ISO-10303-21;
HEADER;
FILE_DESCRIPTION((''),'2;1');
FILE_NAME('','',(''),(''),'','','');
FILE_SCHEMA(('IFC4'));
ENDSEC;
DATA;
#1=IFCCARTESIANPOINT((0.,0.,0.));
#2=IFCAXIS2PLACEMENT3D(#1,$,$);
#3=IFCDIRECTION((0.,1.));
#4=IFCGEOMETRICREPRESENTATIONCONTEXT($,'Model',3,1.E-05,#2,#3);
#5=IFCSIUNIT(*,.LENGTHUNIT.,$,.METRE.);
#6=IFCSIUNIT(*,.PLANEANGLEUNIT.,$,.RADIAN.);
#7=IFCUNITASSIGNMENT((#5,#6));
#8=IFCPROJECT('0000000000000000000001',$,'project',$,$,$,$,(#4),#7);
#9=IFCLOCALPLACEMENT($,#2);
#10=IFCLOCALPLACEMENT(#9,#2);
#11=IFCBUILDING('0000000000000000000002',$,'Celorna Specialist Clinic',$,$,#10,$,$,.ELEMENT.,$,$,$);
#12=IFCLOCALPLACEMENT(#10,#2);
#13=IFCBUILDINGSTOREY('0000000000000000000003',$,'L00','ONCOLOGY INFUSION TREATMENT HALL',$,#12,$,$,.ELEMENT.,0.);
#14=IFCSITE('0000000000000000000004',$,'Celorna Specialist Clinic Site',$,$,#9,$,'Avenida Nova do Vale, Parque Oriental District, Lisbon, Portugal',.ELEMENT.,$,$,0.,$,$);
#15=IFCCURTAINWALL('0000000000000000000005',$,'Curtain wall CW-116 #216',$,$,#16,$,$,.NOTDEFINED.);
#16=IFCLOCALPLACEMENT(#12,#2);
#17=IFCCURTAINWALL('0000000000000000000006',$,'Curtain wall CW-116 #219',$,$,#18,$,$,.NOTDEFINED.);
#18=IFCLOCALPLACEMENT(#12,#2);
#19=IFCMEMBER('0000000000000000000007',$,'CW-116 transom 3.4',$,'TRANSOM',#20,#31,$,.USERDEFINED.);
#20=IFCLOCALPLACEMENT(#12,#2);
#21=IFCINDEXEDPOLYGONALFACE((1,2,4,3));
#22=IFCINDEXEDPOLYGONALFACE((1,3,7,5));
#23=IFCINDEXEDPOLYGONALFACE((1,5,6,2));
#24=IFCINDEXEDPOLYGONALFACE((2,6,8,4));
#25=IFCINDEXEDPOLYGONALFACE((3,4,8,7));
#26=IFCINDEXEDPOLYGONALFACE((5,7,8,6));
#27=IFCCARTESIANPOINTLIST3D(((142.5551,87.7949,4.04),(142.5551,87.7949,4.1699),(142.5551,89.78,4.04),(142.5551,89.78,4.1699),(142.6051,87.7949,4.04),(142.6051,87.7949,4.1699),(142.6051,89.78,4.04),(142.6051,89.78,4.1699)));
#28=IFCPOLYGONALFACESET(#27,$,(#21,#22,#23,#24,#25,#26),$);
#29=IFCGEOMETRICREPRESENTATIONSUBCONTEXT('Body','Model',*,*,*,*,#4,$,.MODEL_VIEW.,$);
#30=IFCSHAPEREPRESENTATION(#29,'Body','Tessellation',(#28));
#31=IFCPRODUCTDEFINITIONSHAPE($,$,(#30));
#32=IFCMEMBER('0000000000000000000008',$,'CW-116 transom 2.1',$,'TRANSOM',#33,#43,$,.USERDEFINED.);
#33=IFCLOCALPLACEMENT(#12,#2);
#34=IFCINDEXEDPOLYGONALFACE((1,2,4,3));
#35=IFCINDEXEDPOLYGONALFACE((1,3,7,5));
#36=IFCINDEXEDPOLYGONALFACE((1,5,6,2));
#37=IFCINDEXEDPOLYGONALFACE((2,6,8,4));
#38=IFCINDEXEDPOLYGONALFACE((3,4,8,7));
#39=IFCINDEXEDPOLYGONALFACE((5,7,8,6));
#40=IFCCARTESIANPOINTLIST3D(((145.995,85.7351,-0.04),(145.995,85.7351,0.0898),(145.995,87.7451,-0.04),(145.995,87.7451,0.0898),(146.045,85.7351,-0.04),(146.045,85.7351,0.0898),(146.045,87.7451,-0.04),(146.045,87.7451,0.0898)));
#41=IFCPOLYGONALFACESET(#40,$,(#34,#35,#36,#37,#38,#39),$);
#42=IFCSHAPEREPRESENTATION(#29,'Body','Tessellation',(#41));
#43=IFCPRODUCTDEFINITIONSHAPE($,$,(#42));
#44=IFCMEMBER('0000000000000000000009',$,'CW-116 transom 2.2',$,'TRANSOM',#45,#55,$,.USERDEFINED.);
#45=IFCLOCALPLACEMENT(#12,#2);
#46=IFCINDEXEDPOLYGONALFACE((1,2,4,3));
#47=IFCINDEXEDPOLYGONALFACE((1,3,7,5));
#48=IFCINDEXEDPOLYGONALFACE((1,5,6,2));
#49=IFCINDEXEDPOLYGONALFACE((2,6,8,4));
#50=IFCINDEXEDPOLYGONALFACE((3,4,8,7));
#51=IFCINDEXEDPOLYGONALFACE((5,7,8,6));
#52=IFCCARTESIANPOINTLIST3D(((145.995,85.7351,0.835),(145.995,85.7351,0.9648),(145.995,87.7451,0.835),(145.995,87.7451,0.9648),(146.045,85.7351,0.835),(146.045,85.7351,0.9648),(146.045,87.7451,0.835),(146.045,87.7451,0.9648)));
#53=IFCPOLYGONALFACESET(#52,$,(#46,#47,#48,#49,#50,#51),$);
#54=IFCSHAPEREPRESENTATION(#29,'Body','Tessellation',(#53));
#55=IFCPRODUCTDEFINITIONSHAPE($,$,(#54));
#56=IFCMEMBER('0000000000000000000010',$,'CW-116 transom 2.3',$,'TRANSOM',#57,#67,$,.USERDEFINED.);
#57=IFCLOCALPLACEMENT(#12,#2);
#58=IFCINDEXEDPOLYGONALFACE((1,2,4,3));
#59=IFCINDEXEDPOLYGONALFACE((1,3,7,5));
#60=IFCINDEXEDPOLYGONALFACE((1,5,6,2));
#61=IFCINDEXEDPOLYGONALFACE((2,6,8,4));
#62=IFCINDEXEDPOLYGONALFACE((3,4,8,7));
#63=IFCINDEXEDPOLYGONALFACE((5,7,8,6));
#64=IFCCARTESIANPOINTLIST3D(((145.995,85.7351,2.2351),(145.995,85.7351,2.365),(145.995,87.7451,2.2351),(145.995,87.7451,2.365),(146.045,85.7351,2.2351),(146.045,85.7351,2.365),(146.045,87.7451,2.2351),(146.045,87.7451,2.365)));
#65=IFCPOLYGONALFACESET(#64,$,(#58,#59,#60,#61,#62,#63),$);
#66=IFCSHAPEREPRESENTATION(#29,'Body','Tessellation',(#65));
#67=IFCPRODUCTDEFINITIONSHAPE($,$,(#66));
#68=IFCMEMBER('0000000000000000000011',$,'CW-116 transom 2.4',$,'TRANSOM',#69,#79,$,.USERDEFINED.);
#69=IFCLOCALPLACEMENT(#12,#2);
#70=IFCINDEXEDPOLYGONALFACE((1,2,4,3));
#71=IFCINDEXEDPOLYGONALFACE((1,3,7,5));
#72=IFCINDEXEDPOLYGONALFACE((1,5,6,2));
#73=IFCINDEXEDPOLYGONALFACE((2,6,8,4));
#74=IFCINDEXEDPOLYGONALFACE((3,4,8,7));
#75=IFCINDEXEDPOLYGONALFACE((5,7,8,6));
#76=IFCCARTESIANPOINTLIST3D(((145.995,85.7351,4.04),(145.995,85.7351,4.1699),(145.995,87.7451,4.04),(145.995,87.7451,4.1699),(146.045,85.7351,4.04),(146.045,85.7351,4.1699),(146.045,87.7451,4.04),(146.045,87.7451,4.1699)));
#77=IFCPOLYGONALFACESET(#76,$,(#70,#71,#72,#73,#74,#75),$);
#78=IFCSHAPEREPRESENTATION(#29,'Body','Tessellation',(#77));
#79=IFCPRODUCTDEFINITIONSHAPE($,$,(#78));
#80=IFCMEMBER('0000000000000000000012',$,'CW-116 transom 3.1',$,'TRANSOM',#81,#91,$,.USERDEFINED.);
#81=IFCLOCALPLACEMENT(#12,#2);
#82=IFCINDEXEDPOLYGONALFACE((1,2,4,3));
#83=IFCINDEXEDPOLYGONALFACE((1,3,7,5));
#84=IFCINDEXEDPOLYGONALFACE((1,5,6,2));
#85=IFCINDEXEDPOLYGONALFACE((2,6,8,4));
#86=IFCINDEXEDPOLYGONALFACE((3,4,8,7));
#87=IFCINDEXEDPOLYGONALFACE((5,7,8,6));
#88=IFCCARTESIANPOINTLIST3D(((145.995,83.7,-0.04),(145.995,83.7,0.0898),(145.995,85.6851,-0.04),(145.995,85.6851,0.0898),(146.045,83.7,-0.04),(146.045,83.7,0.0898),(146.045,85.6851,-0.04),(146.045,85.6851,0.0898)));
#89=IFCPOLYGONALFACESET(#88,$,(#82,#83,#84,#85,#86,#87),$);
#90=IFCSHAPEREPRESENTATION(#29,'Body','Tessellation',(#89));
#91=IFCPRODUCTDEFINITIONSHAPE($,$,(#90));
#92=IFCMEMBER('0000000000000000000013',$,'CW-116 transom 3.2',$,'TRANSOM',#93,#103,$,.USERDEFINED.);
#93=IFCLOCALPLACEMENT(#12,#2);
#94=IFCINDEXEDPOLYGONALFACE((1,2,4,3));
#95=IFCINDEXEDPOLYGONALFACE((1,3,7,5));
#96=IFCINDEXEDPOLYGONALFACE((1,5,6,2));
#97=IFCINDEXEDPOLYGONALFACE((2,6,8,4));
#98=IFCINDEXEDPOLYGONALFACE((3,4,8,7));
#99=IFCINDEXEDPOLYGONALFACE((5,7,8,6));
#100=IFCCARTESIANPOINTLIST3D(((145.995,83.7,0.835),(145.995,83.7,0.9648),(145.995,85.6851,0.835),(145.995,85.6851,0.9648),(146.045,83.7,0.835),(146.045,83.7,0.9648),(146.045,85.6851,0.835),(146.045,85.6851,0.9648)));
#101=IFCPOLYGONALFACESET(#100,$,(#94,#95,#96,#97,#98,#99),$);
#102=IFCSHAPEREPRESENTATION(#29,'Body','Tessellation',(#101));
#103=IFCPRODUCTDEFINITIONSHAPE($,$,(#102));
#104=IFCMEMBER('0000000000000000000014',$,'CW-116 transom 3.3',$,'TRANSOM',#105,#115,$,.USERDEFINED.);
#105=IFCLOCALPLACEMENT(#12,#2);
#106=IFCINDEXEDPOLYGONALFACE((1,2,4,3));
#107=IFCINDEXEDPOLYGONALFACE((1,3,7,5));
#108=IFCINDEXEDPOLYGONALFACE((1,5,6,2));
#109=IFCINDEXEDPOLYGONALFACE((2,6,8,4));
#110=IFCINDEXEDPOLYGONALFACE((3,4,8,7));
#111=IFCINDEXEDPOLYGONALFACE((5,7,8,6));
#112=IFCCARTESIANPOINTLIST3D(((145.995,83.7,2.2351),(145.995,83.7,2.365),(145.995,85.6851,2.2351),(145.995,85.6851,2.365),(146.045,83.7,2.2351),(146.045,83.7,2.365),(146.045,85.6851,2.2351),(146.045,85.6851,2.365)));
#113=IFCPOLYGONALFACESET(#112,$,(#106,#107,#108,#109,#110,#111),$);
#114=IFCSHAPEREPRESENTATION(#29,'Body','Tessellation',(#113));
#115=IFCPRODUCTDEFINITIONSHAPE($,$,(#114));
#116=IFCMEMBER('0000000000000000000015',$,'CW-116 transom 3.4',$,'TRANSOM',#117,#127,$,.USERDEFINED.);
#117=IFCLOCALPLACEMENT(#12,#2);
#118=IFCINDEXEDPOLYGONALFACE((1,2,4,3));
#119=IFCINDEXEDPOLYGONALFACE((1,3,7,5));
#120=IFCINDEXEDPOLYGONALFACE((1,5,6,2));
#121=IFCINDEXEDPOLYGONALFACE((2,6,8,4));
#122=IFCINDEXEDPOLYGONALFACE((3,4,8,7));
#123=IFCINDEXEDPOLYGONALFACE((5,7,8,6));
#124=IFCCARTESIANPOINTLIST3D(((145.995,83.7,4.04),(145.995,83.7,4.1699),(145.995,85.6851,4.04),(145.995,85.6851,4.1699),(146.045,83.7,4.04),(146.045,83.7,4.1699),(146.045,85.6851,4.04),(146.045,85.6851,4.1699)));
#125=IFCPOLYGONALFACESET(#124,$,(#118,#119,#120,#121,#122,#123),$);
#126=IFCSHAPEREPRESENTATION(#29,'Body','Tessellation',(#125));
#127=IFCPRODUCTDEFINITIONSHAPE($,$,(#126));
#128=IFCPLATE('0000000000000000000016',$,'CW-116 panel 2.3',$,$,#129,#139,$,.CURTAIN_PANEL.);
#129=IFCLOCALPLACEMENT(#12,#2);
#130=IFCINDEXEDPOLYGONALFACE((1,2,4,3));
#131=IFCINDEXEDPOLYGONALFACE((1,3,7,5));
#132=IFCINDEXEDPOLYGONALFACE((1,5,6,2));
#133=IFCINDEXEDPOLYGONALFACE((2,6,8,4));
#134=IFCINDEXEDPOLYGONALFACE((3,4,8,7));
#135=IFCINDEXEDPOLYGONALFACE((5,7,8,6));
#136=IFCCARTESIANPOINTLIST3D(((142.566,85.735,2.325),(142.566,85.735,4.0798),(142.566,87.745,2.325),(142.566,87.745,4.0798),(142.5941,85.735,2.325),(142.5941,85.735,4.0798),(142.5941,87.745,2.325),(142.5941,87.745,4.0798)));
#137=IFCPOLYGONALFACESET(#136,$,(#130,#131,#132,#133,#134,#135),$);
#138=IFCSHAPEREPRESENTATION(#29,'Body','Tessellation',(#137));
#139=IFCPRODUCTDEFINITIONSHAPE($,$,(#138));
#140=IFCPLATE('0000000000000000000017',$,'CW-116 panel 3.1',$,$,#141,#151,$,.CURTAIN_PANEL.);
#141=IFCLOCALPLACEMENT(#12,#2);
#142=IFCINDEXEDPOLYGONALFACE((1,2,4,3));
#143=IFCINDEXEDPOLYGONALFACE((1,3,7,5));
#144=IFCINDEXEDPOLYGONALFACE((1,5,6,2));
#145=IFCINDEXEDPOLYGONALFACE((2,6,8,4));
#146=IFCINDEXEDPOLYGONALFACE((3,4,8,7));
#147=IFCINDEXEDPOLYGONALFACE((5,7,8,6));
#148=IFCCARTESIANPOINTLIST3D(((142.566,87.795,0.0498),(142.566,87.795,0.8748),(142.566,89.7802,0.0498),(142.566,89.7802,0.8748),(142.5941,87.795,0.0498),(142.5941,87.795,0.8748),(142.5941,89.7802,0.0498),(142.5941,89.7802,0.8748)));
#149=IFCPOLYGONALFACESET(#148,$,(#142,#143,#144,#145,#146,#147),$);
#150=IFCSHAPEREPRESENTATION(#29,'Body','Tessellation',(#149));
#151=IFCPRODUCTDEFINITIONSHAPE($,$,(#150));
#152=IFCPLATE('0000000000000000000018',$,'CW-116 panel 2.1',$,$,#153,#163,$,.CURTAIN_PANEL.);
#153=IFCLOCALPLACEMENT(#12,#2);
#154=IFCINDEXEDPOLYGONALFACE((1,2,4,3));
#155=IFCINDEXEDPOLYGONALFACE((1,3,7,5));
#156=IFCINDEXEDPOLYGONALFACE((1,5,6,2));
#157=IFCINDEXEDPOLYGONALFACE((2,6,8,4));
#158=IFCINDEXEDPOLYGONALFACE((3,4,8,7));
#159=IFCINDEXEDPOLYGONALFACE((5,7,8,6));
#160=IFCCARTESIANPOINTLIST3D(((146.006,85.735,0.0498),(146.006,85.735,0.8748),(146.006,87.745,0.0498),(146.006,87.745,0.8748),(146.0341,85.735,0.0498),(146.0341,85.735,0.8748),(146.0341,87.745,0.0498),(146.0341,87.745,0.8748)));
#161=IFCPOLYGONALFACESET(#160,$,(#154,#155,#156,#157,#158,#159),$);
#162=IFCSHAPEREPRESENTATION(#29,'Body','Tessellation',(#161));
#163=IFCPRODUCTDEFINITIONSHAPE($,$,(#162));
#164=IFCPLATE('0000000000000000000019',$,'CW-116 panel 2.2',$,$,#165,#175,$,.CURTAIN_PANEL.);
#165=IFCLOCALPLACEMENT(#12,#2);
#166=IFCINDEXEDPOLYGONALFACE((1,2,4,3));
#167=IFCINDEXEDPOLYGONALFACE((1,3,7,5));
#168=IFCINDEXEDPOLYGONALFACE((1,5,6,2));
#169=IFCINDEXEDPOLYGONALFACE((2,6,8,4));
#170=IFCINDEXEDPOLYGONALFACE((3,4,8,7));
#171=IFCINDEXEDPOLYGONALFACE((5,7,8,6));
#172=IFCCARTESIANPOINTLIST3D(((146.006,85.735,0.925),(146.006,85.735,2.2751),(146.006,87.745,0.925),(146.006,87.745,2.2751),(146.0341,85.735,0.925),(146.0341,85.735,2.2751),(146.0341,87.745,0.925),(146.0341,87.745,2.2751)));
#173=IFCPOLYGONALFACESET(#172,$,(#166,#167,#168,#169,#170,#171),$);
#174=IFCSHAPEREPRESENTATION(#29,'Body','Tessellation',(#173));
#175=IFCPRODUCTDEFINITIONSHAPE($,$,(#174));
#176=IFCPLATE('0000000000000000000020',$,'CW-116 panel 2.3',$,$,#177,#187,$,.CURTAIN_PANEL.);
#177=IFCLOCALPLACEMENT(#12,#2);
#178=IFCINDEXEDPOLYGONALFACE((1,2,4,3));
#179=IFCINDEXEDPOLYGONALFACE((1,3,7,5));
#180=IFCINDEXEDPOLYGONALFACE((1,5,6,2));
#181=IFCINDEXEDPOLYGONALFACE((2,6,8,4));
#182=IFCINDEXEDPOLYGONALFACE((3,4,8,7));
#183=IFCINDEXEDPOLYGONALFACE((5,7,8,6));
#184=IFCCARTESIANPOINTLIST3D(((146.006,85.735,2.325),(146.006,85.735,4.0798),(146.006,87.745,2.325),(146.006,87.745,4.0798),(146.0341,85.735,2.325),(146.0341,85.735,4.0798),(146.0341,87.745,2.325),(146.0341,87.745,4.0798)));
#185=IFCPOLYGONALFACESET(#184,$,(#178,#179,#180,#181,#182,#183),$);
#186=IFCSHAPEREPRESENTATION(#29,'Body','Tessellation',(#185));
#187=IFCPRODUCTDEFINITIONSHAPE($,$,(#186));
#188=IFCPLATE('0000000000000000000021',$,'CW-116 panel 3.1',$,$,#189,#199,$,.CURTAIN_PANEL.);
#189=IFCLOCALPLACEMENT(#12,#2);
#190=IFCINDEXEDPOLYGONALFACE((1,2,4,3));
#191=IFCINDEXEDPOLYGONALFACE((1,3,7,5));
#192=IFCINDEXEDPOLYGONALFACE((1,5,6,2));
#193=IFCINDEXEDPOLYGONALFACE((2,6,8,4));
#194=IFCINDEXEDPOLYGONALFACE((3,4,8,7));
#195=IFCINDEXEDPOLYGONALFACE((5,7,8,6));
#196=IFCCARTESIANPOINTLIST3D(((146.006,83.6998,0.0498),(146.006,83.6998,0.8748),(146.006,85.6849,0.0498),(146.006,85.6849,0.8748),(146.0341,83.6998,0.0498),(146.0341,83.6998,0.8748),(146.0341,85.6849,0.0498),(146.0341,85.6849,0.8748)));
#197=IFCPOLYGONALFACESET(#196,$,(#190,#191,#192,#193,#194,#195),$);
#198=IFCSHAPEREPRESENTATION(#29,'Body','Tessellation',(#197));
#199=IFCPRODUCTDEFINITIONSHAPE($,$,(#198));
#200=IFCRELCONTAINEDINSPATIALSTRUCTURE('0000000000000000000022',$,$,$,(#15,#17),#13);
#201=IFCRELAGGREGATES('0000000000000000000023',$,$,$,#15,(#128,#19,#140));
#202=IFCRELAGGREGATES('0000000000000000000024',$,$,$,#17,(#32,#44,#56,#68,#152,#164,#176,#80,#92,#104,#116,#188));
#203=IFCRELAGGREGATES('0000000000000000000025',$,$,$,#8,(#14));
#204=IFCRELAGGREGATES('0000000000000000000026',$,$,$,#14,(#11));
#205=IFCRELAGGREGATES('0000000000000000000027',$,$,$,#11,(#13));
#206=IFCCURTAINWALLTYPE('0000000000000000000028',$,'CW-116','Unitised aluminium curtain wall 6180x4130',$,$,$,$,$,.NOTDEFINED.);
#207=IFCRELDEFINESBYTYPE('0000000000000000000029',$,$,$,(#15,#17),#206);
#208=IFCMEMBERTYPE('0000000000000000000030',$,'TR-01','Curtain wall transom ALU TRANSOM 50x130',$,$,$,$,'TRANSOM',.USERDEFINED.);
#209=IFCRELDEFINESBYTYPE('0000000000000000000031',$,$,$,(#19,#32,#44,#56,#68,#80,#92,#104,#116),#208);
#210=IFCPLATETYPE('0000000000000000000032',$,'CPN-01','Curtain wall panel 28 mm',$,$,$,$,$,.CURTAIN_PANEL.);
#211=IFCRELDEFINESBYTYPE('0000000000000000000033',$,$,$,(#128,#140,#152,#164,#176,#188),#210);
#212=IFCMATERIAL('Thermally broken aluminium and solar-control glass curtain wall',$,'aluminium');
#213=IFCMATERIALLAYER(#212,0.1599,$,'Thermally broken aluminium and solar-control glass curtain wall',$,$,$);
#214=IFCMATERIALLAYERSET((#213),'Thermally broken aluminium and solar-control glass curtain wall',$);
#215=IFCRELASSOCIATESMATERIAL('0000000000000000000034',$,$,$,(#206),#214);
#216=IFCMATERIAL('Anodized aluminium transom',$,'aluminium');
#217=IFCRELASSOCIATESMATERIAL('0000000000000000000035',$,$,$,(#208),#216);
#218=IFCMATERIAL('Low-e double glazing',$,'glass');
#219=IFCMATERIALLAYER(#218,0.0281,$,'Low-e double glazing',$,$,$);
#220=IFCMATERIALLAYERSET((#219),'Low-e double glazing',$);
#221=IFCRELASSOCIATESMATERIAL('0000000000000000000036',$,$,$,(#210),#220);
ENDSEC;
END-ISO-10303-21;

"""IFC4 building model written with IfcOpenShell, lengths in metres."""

from ifc_helpers import new_model, si_unit, direction, frame, origin, origin_2d, place, context, subcontext, project, spatial, rectangle, extrude, material, layer, layer_set, material_profile, profile_set, type_object, element, aggregate, save


model = new_model("IFC4")

# Units and contexts
model_context = context("Model", 3, precision=1e-05, world=origin(), true_north=direction((0.0, 1.0)))
body_context = subcontext(model_context, "Body", "Model", "MODEL_VIEW")
ifc_project = project(units=[si_unit("LENGTHUNIT", "METRE"), si_unit("PLANEANGLEUNIT", "RADIAN")], contexts=[model_context])

# Site, building, storey
site_placement = place(None, origin())
site = spatial("IfcSite", under=ifc_project, at=site_placement, Name="Celorna Specialist Clinic Site", LongName="Avenida Nova do Vale, Parque Oriental District, Lisbon, Portugal", CompositionType="ELEMENT", RefElevation=0.0)
building_placement = place(site_placement, origin())
building = spatial("IfcBuilding", under=site, at=building_placement, Name="Celorna Specialist Clinic", CompositionType="ELEMENT")
storey_placement = place(building_placement, origin())
storey = spatial("IfcBuildingStorey", under=building, at=storey_placement, Name="L00", Description="ONCOLOGY INFUSION TREATMENT HALL", CompositionType="ELEMENT", Elevation=0.0)

# Curtain wall
ifc_material_1 = material(Name="Thermally broken aluminium and solar-control glass curtain wall", Category="aluminium")
ifc_layer_1 = layer(ifc_material_1, 0.1599, Name="Thermally broken aluminium and solar-control glass curtain wall")
ifc_layer_set_1 = layer_set([ifc_layer_1], Name="Thermally broken aluminium and solar-control glass curtain wall")
curtain_wall_type = type_object("IfcCurtainWallType", Name="CW-116", Description="Unitised aluminium curtain wall 6180x4130", PredefinedType="NOTDEFINED", material=ifc_layer_set_1)
curtain_wall_1_placement = place(storey_placement, origin())
curtain_wall_1 = element("IfcCurtainWall", 1, at=curtain_wall_1_placement, inside=storey, type_object=curtain_wall_type, Name="Curtain wall CW-116 #216", PredefinedType="NOTDEFINED")

# Curtain wall
curtain_wall_2_placement = place(storey_placement, origin())
curtain_wall_2 = element("IfcCurtainWall", 2, at=curtain_wall_2_placement, inside=storey, type_object=curtain_wall_type, Name="Curtain wall CW-116 #219", PredefinedType="NOTDEFINED")

# Members
ifc_material_2 = material(Name="Anodized aluminium transom", Category="aluminium")
ifc_material_profile_1 = material_profile(ifc_material_2, rectangle(XDim=0.05, YDim=0.1299, at=origin_2d()), Name="ALU TRANSOM 50x130")
ifc_profile_set_1 = profile_set([ifc_material_profile_1], Name="Anodized aluminium transom")
member_type_1 = type_object("IfcMemberType", Name="TR-01", Description="Curtain wall transom ALU TRANSOM 50x130", ElementType="TRANSOM", PredefinedType="USERDEFINED", material=ifc_profile_set_1)
member_1_placement = place(storey_placement, frame((142.5801, 87.7949, 4.105), z_axis=(0.0, 1.0, 0.0), x_axis=(-1.0, 0.0, 0.0)))
member_1 = element("IfcMember", 3, at=member_1_placement, type_object=member_type_1, Name="CW-116 transom 3.4", ObjectType="TRANSOM", PredefinedType="USERDEFINED", context=body_context, shape_type="SweptSolid", body=[
    extrude(rectangle(XDim=0.05, YDim=0.1299, at=origin_2d()), origin(), (0.0, 0.0, 1.0), 1.9851),
])
member_2_placement = place(storey_placement, frame((146.02, 87.7451, 0.0249), z_axis=(0.0, -1.0, 0.0), x_axis=(1.0, 0.0, 0.0)))
member_2 = element("IfcMember", 4, at=member_2_placement, type_object=member_type_1, Name="CW-116 transom 2.1", ObjectType="TRANSOM", PredefinedType="USERDEFINED", context=body_context, shape_type="SweptSolid", body=[
    extrude(rectangle(XDim=0.05, YDim=0.1299, at=origin_2d()), origin(), (0.0, 0.0, 1.0), 2.01),
])
member_3_placement = place(storey_placement, frame((146.02, 87.7451, 0.8999), z_axis=(0.0, -1.0, 0.0), x_axis=(1.0, 0.0, 0.0)))
member_3 = element("IfcMember", 5, at=member_3_placement, type_object=member_type_1, Name="CW-116 transom 2.2", ObjectType="TRANSOM", PredefinedType="USERDEFINED", context=body_context, shape_type="SweptSolid", body=[
    extrude(rectangle(XDim=0.05, YDim=0.1299, at=origin_2d()), origin(), (0.0, 0.0, 1.0), 2.01),
])
member_4_placement = place(storey_placement, frame((146.02, 87.7451, 2.3), z_axis=(0.0, -1.0, 0.0), x_axis=(1.0, 0.0, 0.0)))
member_4 = element("IfcMember", 6, at=member_4_placement, type_object=member_type_1, Name="CW-116 transom 2.3", ObjectType="TRANSOM", PredefinedType="USERDEFINED", context=body_context, shape_type="SweptSolid", body=[
    extrude(rectangle(XDim=0.05, YDim=0.1299, at=origin_2d()), origin(), (0.0, 0.0, 1.0), 2.01),
])
member_5_placement = place(storey_placement, frame((146.02, 87.7451, 4.105), z_axis=(0.0, -1.0, 0.0), x_axis=(1.0, 0.0, 0.0)))
member_5 = element("IfcMember", 7, at=member_5_placement, type_object=member_type_1, Name="CW-116 transom 2.4", ObjectType="TRANSOM", PredefinedType="USERDEFINED", context=body_context, shape_type="SweptSolid", body=[
    extrude(rectangle(XDim=0.05, YDim=0.1299, at=origin_2d()), origin(), (0.0, 0.0, 1.0), 2.01),
])
member_6_placement = place(storey_placement, frame((146.02, 85.6851, 0.0249), z_axis=(0.0, -1.0, 0.0), x_axis=(1.0, 0.0, 0.0)))
member_6 = element("IfcMember", 8, at=member_6_placement, type_object=member_type_1, Name="CW-116 transom 3.1", ObjectType="TRANSOM", PredefinedType="USERDEFINED", context=body_context, shape_type="SweptSolid", body=[
    extrude(rectangle(XDim=0.05, YDim=0.1299, at=origin_2d()), origin(), (0.0, 0.0, 1.0), 1.9851),
])
member_7_placement = place(storey_placement, frame((146.02, 85.6851, 0.8999), z_axis=(0.0, -1.0, 0.0), x_axis=(1.0, 0.0, 0.0)))
member_7 = element("IfcMember", 9, at=member_7_placement, type_object=member_type_1, Name="CW-116 transom 3.2", ObjectType="TRANSOM", PredefinedType="USERDEFINED", context=body_context, shape_type="SweptSolid", body=[
    extrude(rectangle(XDim=0.05, YDim=0.1299, at=origin_2d()), origin(), (0.0, 0.0, 1.0), 1.9851),
])
member_8_placement = place(storey_placement, frame((146.02, 85.6851, 2.3), z_axis=(0.0, -1.0, 0.0), x_axis=(1.0, 0.0, 0.0)))
member_8 = element("IfcMember", 10, at=member_8_placement, type_object=member_type_1, Name="CW-116 transom 3.3", ObjectType="TRANSOM", PredefinedType="USERDEFINED", context=body_context, shape_type="SweptSolid", body=[
    extrude(rectangle(XDim=0.05, YDim=0.1299, at=origin_2d()), origin(), (0.0, 0.0, 1.0), 1.9851),
])
member_9_placement = place(storey_placement, frame((146.02, 85.6851, 4.105), z_axis=(0.0, -1.0, 0.0), x_axis=(1.0, 0.0, 0.0)))
member_9 = element("IfcMember", 11, at=member_9_placement, type_object=member_type_1, Name="CW-116 transom 3.4", ObjectType="TRANSOM", PredefinedType="USERDEFINED", context=body_context, shape_type="SweptSolid", body=[
    extrude(rectangle(XDim=0.05, YDim=0.1299, at=origin_2d()), origin(), (0.0, 0.0, 1.0), 1.9851),
])

# Plates
ifc_material_3 = material(Name="Low-e double glazing", Category="glass")
ifc_layer_2 = layer(ifc_material_3, 0.0281, Name="Low-e double glazing")
ifc_layer_set_2 = layer_set([ifc_layer_2], Name="Low-e double glazing")
plate_type_1 = type_object("IfcPlateType", Name="CPN-01", Description="Curtain wall panel 28 mm", PredefinedType="CURTAIN_PANEL", material=ifc_layer_set_2)
plate_1_placement = place(storey_placement, frame((142.5801, 86.74, 2.325), z_axis=(0.0, 0.0, 1.0), x_axis=(0.0, 1.0, 0.0)))
plate_1 = element("IfcPlate", 12, at=plate_1_placement, type_object=plate_type_1, Name="CW-116 panel 2.3", PredefinedType="CURTAIN_PANEL", context=body_context, shape_type="SweptSolid", body=[
    extrude(rectangle(XDim=2.01, YDim=0.0281, at=origin_2d()), origin(), (0.0, 0.0, 1.0), 1.7549),
])
plate_2_placement = place(storey_placement, frame((142.5801, 88.7876, 0.0498), z_axis=(0.0, 0.0, 1.0), x_axis=(0.0, 1.0, 0.0)))
plate_2 = element("IfcPlate", 13, at=plate_2_placement, type_object=plate_type_1, Name="CW-116 panel 3.1", PredefinedType="CURTAIN_PANEL", context=body_context, shape_type="SweptSolid", body=[
    extrude(rectangle(XDim=1.9851, YDim=0.0281, at=origin_2d()), origin(), (0.0, 0.0, 1.0), 0.825),
])
aggregate(curtain_wall_1, [plate_1, member_1, plate_2])
plate_3_placement = place(storey_placement, frame((146.02, 86.74, 0.0498), z_axis=(0.0, 0.0, 1.0), x_axis=(0.0, -1.0, 0.0)))
plate_3 = element("IfcPlate", 14, at=plate_3_placement, type_object=plate_type_1, Name="CW-116 panel 2.1", PredefinedType="CURTAIN_PANEL", context=body_context, shape_type="SweptSolid", body=[
    extrude(rectangle(XDim=2.01, YDim=0.0281, at=origin_2d()), origin(), (0.0, 0.0, 1.0), 0.825),
])
plate_4_placement = place(storey_placement, frame((146.02, 86.74, 0.925), z_axis=(0.0, 0.0, 1.0), x_axis=(0.0, -1.0, 0.0)))
plate_4 = element("IfcPlate", 15, at=plate_4_placement, type_object=plate_type_1, Name="CW-116 panel 2.2", PredefinedType="CURTAIN_PANEL", context=body_context, shape_type="SweptSolid", body=[
    extrude(rectangle(XDim=2.01, YDim=0.0281, at=origin_2d()), origin(), (0.0, 0.0, 1.0), 1.3501),
])
plate_5_placement = place(storey_placement, frame((146.02, 86.74, 2.325), z_axis=(0.0, 0.0, 1.0), x_axis=(0.0, -1.0, 0.0)))
plate_5 = element("IfcPlate", 16, at=plate_5_placement, type_object=plate_type_1, Name="CW-116 panel 2.3", PredefinedType="CURTAIN_PANEL", context=body_context, shape_type="SweptSolid", body=[
    extrude(rectangle(XDim=2.01, YDim=0.0281, at=origin_2d()), origin(), (0.0, 0.0, 1.0), 1.7549),
])
plate_6_placement = place(storey_placement, frame((146.02, 84.6924, 0.0498), z_axis=(0.0, 0.0, 1.0), x_axis=(0.0, -1.0, 0.0)))
plate_6 = element("IfcPlate", 17, at=plate_6_placement, type_object=plate_type_1, Name="CW-116 panel 3.1", PredefinedType="CURTAIN_PANEL", context=body_context, shape_type="SweptSolid", body=[
    extrude(rectangle(XDim=1.9851, YDim=0.0281, at=origin_2d()), origin(), (0.0, 0.0, 1.0), 0.825),
])
aggregate(curtain_wall_2, [member_2, member_3, member_4, member_5, plate_3, plate_4, plate_5, member_6, member_7, member_8, member_9, plate_6])

save(model, "model.ifc")
